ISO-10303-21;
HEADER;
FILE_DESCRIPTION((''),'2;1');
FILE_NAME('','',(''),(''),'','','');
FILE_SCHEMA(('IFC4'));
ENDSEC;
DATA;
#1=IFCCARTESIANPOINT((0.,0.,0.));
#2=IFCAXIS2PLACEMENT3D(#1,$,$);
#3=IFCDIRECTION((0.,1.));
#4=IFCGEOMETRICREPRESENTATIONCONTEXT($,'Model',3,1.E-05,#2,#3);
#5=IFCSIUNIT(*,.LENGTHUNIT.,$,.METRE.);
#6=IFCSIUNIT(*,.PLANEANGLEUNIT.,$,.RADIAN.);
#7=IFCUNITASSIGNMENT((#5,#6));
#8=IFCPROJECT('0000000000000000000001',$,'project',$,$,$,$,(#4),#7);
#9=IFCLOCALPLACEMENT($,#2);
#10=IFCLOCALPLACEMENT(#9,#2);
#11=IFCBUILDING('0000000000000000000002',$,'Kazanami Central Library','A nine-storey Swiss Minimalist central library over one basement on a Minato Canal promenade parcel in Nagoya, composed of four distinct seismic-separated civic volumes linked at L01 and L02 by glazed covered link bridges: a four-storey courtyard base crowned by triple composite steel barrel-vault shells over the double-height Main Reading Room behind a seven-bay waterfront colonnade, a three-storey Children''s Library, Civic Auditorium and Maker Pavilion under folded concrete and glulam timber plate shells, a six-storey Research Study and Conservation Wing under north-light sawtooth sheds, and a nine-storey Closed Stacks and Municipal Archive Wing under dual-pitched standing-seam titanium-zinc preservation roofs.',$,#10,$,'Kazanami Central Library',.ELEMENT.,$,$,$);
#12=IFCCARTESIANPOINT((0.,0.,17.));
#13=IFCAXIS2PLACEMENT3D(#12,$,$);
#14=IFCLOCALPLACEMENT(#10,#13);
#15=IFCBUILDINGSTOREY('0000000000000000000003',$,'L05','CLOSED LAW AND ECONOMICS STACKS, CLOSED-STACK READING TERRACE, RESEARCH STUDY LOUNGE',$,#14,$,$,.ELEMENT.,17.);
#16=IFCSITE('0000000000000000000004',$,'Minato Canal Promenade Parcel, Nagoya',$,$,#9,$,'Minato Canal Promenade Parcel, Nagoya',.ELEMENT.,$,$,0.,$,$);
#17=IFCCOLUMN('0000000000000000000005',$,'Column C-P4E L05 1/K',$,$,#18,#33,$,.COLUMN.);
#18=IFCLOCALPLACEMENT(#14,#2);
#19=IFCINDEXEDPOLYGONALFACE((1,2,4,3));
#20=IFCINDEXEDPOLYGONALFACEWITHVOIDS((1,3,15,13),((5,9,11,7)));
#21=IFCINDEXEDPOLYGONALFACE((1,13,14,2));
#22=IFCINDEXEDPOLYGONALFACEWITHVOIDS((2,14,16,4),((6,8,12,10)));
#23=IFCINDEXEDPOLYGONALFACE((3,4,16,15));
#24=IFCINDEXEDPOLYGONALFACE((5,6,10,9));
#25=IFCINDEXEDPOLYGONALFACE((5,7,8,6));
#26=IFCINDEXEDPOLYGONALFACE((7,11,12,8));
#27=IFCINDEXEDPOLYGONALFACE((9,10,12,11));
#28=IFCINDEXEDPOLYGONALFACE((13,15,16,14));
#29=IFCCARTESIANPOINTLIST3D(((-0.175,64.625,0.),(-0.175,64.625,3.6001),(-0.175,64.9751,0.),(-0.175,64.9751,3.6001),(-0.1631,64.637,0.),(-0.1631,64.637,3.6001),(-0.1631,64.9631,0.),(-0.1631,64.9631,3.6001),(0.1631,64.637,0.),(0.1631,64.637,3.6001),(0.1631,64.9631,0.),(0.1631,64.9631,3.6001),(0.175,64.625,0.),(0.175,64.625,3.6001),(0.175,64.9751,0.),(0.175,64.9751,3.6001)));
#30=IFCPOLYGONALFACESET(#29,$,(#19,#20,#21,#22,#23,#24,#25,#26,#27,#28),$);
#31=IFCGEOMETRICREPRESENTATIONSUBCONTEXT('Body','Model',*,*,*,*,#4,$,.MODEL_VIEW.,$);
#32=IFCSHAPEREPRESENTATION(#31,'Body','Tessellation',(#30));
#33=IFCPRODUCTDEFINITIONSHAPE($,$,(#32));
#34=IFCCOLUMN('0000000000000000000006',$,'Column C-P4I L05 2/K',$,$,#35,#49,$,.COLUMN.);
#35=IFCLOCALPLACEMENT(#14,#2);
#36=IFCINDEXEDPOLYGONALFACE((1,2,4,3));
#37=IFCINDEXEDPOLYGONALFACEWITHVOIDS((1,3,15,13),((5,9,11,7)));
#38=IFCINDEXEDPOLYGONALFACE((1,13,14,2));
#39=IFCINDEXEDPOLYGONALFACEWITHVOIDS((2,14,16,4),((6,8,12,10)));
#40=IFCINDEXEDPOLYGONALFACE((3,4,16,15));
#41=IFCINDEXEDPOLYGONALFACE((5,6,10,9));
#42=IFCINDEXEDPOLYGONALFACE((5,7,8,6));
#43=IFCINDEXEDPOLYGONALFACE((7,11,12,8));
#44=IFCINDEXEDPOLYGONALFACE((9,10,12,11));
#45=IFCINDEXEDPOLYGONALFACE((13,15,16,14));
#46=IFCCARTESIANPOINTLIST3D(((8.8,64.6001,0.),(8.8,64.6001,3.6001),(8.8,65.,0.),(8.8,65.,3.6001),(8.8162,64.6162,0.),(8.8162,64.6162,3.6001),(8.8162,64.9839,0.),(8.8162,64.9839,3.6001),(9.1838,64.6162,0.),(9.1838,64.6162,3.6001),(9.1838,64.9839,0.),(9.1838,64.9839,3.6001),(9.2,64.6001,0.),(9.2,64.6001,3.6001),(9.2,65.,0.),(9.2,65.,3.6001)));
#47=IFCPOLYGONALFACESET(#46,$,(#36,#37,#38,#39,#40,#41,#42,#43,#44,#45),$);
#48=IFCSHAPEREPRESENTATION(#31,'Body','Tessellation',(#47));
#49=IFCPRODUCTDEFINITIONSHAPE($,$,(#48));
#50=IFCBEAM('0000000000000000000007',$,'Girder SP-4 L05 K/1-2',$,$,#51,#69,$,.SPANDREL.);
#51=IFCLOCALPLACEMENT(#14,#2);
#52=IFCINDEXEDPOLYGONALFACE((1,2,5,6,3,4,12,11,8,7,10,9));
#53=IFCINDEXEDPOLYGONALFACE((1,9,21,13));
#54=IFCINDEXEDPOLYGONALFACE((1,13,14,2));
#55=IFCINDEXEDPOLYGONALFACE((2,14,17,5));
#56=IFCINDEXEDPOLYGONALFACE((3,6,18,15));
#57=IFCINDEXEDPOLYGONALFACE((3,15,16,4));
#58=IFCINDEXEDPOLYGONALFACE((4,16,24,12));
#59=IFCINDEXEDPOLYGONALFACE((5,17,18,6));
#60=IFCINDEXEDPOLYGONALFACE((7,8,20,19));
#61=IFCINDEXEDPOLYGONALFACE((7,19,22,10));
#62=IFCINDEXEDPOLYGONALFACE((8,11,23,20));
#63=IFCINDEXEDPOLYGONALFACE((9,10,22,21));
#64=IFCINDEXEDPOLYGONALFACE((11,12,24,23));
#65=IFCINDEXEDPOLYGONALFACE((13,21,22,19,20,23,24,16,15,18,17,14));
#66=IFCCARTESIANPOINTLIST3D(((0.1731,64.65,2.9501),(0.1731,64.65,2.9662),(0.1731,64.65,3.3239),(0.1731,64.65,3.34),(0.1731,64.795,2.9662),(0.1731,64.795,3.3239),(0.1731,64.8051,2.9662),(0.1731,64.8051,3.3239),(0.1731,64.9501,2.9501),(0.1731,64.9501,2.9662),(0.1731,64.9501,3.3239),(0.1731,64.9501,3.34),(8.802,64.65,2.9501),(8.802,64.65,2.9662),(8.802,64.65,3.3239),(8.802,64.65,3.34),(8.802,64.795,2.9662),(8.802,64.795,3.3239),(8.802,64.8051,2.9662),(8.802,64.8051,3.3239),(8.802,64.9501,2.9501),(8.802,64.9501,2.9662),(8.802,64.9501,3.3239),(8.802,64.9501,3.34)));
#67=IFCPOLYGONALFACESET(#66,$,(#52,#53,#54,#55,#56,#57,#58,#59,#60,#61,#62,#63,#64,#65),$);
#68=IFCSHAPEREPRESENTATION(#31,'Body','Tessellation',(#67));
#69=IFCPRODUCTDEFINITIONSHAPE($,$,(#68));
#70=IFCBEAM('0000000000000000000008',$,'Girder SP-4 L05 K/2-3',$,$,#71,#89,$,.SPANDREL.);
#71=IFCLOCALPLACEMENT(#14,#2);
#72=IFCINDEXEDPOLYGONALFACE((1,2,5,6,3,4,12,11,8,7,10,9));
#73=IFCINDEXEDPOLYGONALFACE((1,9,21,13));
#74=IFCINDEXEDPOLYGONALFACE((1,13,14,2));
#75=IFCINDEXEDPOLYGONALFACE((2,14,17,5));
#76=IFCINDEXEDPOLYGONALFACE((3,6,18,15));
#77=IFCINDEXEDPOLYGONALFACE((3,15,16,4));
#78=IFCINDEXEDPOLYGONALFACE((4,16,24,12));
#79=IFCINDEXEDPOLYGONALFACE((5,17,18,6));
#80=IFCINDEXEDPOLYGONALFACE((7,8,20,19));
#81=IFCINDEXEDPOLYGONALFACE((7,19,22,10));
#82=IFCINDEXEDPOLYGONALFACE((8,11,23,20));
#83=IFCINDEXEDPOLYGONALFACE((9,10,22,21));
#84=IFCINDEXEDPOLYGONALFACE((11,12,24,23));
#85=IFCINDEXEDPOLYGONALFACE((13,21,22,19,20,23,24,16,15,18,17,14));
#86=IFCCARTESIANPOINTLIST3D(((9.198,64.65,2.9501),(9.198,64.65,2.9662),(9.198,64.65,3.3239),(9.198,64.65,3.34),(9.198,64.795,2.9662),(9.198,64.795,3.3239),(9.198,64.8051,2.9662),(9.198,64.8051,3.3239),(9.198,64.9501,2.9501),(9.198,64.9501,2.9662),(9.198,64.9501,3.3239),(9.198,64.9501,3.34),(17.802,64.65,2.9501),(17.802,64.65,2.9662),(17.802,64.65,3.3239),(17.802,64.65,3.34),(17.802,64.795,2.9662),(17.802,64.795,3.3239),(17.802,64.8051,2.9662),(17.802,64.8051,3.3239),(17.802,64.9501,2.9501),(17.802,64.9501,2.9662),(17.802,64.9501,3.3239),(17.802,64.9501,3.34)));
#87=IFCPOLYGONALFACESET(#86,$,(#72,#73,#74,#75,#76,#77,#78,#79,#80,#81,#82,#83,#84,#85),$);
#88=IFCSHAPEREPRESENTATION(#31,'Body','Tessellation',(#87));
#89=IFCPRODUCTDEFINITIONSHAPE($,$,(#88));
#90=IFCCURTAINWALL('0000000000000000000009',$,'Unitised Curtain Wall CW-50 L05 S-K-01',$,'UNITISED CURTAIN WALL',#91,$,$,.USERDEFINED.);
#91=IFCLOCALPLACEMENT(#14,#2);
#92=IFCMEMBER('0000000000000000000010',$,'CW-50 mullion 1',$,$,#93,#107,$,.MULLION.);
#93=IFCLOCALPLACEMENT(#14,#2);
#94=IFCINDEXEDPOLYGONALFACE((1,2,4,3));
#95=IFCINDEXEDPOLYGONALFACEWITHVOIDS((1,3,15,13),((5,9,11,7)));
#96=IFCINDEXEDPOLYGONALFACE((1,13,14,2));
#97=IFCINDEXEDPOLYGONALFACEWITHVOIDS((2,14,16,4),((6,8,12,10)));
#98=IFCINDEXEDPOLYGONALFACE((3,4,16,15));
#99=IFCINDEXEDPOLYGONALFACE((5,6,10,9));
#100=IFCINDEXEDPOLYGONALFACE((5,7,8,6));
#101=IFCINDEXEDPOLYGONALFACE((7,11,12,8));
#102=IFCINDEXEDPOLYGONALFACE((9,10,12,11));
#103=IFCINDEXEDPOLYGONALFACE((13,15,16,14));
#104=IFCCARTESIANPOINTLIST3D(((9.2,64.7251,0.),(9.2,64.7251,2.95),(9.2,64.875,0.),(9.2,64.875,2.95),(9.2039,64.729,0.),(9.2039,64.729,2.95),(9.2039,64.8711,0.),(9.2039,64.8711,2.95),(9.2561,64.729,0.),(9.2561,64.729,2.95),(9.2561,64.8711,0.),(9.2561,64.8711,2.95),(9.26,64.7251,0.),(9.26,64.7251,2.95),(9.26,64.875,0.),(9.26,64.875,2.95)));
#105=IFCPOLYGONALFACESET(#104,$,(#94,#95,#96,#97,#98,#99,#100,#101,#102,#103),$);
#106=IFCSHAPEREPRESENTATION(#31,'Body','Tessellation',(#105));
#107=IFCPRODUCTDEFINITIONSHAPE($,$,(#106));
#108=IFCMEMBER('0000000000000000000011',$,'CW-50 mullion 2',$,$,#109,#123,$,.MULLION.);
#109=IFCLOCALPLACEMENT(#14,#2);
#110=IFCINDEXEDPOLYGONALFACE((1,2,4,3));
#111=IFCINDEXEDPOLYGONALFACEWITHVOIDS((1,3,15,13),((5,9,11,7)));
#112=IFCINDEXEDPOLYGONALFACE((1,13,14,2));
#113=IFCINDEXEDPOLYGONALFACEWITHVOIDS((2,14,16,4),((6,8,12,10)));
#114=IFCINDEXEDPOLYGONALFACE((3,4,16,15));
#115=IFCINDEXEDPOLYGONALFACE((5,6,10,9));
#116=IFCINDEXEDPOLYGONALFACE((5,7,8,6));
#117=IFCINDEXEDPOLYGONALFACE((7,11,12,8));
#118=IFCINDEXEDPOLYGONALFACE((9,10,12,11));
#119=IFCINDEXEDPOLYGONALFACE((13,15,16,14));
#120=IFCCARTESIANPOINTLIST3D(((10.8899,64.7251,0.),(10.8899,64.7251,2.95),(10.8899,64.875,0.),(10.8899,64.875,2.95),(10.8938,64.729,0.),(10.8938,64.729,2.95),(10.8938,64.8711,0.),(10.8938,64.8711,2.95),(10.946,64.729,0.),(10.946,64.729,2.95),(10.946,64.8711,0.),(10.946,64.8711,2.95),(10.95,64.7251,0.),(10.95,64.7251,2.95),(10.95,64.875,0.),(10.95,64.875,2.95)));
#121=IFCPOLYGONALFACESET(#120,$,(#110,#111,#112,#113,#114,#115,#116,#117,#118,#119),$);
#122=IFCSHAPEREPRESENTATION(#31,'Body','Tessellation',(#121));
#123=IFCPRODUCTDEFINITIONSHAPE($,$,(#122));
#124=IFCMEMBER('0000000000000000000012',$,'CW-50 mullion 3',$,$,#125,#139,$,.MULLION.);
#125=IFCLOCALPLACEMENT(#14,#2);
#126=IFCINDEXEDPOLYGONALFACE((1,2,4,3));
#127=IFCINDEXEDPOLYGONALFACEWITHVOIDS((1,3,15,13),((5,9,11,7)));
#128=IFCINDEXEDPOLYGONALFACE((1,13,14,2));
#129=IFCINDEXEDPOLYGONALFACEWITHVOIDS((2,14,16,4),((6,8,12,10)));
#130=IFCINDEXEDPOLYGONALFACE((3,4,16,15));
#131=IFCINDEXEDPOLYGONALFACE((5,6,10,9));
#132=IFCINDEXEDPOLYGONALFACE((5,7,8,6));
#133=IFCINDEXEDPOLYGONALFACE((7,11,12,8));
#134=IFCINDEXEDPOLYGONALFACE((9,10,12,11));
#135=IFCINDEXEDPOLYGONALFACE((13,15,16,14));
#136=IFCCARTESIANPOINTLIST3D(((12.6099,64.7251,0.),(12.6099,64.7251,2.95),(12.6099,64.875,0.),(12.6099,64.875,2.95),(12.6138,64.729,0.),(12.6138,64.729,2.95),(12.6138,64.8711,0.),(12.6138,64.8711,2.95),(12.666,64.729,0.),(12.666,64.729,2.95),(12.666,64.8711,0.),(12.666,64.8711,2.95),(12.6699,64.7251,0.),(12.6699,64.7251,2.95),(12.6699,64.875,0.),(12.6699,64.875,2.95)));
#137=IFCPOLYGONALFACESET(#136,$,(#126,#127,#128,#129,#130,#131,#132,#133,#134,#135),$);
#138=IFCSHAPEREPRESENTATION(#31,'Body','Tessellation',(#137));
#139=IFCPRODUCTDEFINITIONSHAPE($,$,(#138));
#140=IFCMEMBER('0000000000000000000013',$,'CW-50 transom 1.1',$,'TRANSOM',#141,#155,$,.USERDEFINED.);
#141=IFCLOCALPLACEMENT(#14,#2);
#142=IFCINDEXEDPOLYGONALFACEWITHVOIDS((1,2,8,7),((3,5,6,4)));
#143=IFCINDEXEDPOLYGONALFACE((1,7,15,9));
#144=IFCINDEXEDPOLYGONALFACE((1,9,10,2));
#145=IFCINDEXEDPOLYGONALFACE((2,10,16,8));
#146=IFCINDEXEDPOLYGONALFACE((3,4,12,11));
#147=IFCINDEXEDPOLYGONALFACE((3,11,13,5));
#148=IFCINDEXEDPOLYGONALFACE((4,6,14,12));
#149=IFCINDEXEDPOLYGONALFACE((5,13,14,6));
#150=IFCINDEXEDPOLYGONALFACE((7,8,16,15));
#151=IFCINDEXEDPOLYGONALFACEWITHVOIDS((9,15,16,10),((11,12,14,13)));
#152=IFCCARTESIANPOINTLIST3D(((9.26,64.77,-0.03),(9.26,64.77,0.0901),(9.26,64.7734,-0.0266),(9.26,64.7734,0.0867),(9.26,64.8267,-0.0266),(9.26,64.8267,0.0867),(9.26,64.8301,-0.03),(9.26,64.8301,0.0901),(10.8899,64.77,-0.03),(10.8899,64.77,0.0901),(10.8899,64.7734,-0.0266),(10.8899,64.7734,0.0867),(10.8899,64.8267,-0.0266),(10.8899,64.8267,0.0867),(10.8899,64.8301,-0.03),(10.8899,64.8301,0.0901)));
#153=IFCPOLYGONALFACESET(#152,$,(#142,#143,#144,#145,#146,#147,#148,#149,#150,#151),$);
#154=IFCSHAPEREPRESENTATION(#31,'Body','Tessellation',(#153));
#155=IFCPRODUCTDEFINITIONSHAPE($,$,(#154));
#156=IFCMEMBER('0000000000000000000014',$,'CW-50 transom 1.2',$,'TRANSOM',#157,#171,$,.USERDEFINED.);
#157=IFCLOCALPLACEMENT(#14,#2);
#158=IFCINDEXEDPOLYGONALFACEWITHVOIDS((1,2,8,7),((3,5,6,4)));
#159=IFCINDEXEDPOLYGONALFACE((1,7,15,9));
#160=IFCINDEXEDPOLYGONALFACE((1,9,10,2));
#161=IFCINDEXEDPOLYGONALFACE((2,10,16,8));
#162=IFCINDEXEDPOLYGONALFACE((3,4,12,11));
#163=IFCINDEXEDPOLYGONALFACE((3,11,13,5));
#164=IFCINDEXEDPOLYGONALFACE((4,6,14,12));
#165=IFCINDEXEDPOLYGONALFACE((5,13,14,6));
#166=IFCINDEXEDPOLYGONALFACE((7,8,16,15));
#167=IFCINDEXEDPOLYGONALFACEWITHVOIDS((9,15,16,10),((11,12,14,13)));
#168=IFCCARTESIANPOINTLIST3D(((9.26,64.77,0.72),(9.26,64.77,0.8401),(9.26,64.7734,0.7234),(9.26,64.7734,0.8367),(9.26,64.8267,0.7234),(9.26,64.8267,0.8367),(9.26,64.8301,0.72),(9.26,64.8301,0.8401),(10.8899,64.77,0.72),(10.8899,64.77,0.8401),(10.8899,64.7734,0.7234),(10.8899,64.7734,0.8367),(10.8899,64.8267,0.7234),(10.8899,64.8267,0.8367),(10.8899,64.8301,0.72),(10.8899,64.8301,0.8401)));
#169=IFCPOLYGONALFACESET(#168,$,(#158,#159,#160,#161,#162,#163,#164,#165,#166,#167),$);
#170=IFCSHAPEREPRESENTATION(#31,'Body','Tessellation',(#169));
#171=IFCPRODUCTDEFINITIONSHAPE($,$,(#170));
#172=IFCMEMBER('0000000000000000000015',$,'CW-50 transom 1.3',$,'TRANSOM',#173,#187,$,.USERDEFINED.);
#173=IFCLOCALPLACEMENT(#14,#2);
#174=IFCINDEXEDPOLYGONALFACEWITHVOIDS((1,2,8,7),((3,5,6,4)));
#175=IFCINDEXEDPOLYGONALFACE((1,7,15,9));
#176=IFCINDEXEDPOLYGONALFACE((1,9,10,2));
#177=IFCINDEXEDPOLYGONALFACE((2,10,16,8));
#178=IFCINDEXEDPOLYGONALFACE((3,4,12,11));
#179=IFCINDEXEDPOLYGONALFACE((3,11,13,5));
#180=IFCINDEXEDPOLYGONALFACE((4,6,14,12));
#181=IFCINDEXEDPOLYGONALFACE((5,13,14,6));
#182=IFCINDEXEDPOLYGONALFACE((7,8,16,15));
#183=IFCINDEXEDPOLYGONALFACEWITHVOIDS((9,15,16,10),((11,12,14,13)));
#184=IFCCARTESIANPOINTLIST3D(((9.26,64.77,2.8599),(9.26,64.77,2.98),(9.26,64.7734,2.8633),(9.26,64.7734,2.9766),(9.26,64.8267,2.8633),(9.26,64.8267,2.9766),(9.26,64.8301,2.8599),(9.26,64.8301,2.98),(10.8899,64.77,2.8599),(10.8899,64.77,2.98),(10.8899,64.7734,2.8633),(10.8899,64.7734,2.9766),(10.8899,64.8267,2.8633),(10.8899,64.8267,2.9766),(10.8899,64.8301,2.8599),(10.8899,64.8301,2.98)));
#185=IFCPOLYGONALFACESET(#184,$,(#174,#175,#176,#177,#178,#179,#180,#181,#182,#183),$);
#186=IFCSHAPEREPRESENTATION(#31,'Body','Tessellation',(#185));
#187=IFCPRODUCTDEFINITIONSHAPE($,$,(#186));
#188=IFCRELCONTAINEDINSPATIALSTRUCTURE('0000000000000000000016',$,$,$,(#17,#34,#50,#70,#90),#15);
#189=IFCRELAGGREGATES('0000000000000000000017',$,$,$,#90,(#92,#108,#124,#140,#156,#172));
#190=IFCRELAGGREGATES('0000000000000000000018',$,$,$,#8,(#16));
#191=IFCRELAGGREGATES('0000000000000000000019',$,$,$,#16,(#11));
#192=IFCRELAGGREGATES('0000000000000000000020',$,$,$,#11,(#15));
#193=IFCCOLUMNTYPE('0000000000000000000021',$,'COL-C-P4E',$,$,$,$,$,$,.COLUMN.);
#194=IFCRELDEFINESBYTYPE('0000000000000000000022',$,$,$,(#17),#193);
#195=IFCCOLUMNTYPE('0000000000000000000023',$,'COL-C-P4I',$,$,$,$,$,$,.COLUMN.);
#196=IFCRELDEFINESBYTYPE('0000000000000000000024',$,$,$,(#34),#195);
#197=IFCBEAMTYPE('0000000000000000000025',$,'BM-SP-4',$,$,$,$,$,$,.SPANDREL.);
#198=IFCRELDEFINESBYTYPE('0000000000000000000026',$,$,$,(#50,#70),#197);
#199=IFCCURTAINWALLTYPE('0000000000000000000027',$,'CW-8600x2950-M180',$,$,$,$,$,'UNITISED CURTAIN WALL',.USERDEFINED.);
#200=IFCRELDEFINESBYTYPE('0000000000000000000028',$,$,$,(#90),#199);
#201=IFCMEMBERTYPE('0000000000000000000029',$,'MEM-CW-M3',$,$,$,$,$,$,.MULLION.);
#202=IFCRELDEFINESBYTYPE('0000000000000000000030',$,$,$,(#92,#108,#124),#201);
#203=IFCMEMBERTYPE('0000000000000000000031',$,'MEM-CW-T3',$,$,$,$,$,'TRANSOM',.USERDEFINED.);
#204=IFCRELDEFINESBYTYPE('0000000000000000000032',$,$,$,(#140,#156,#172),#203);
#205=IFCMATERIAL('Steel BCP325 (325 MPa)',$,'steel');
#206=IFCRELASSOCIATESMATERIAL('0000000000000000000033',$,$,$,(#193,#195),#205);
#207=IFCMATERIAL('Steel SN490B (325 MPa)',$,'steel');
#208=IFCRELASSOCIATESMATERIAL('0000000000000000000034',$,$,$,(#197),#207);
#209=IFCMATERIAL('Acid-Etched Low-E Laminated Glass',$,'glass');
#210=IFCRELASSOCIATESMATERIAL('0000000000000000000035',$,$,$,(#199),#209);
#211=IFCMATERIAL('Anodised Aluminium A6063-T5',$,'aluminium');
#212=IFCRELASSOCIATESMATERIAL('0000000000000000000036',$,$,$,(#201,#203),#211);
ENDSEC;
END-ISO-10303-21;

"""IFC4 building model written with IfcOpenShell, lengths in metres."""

from ifc_helpers import new_model, si_unit, direction, frame, origin, origin_2d, place, context, subcontext, project, spatial, hollow_rectangle, i_section, extrude, material, material_profile, profile_set, type_object, element, aggregate, save


model = new_model("IFC4")

# Units and contexts
model_context = context("Model", 3, precision=1e-05, world=origin(), true_north=direction((0.0, 1.0)))
body_context = subcontext(model_context, "Body", "Model", "MODEL_VIEW")
ifc_project = project(units=[si_unit("LENGTHUNIT", "METRE"), si_unit("PLANEANGLEUNIT", "RADIAN")], contexts=[model_context])

# Site, building, storey
site_placement = place(None, origin())
site = spatial("IfcSite", under=ifc_project, at=site_placement, Name="Minato Canal Promenade Parcel, Nagoya", LongName="Minato Canal Promenade Parcel, Nagoya", CompositionType="ELEMENT", RefElevation=0.0)
building_placement = place(site_placement, origin())
building = spatial("IfcBuilding", under=site, at=building_placement, Name="Kazanami Central Library", Description="A nine-storey Swiss Minimalist central library over one basement on a Minato Canal promenade parcel in Nagoya, composed of four distinct seismic-separated civic volumes linked at L01 and L02 by glazed covered link bridges: a four-storey courtyard base crowned by triple composite steel barrel-vault shells over the double-height Main Reading Room behind a seven-bay waterfront colonnade, a three-storey Children's Library, Civic Auditorium and Maker Pavilion under folded concrete and glulam timber plate shells, a six-storey Research Study and Conservation Wing under north-light sawtooth sheds, and a nine-storey Closed Stacks and Municipal Archive Wing under dual-pitched standing-seam titanium-zinc preservation roofs.", LongName="Kazanami Central Library", CompositionType="ELEMENT")
storey_placement = place(building_placement, frame((0.0, 0.0, 17.0)))
storey = spatial("IfcBuildingStorey", under=building, at=storey_placement, Name="L05", Description="CLOSED LAW AND ECONOMICS STACKS, CLOSED-STACK READING TERRACE, RESEARCH STUDY LOUNGE", CompositionType="ELEMENT", Elevation=17.0)

# Columns
ifc_material_1 = material(Name="Steel BCP325 (325 MPa)", Category="steel")
ifc_material_profile_1 = material_profile(ifc_material_1, hollow_rectangle(XDim=0.3501, YDim=0.3501, WallThickness=0.012, at=origin_2d()), Name="STKR-350x350x12")
ifc_profile_set_1 = profile_set([ifc_material_profile_1], Name="Steel BCP325 (325 MPa)")
column_type_1 = type_object("IfcColumnType", Name="COL-C-P4E", PredefinedType="COLUMN", material=ifc_profile_set_1)
column_1_placement = place(storey_placement, frame((0.0, 64.8, 0.0), z_axis=(0.0, 0.0, 1.0), x_axis=(1.0, 0.0, 0.0)))
element("IfcColumn", 1, at=column_1_placement, inside=storey, type_object=column_type_1, Name="Column C-P4E L05 1/K", PredefinedType="COLUMN", context=body_context, shape_type="SweptSolid", body=[
    extrude(hollow_rectangle(XDim=0.3501, YDim=0.3501, WallThickness=0.012, at=origin_2d()), origin(), (0.0, 0.0, 1.0), 3.6001),
])
ifc_material_profile_2 = material_profile(ifc_material_1, hollow_rectangle(XDim=0.3999, YDim=0.3999, WallThickness=0.0161, at=origin_2d()), Name="BCP-400x400x16")
ifc_profile_set_2 = profile_set([ifc_material_profile_2], Name="Steel BCP325 (325 MPa)")
column_type_2 = type_object("IfcColumnType", Name="COL-C-P4I", PredefinedType="COLUMN", material=ifc_profile_set_2)
column_2_placement = place(storey_placement, frame((9.0, 64.8, 0.0), z_axis=(0.0, 0.0, 1.0), x_axis=(1.0, 0.0, 0.0)))
element("IfcColumn", 2, at=column_2_placement, inside=storey, type_object=column_type_2, Name="Column C-P4I L05 2/K", PredefinedType="COLUMN", context=body_context, shape_type="SweptSolid", body=[
    extrude(hollow_rectangle(XDim=0.3999, YDim=0.3999, WallThickness=0.0161, at=origin_2d()), origin(), (0.0, 0.0, 1.0), 3.6001),
])

# Beams
ifc_material_2 = material(Name="Steel SN490B (325 MPa)", Category="steel")
ifc_material_profile_3 = material_profile(ifc_material_2, i_section(OverallWidth=0.3, OverallDepth=0.3899, WebThickness=0.01, FlangeThickness=0.0161, at=origin_2d()), Name="H-390x300x10x16")
ifc_profile_set_3 = profile_set([ifc_material_profile_3], Name="Steel SN490B (325 MPa)")
beam_type = type_object("IfcBeamType", Name="BM-SP-4", PredefinedType="SPANDREL", material=ifc_profile_set_3)
beam_1_placement = place(storey_placement, frame((0.1731, 64.8, 3.145), z_axis=(1.0, 0.0, 0.0), x_axis=(0.0, 1.0, 0.0)))
element("IfcBeam", 3, at=beam_1_placement, inside=storey, type_object=beam_type, Name="Girder SP-4 L05 K/1-2", PredefinedType="SPANDREL", context=body_context, shape_type="SweptSolid", body=[
    extrude(i_section(OverallWidth=0.3, OverallDepth=0.3899, WebThickness=0.01, FlangeThickness=0.0161, at=origin_2d()), origin(), (0.0, 0.0, 1.0), 8.6289),
])
beam_2_placement = place(storey_placement, frame((9.198, 64.8, 3.145), z_axis=(1.0, 0.0, 0.0), x_axis=(0.0, 1.0, 0.0)))
element("IfcBeam", 4, at=beam_2_placement, inside=storey, type_object=beam_type, Name="Girder SP-4 L05 K/2-3", PredefinedType="SPANDREL", context=body_context, shape_type="SweptSolid", body=[
    extrude(i_section(OverallWidth=0.3, OverallDepth=0.3899, WebThickness=0.01, FlangeThickness=0.0161, at=origin_2d()), origin(), (0.0, 0.0, 1.0), 8.604),
])

# Curtain wall, members
ifc_material_3 = material(Name="Acid-Etched Low-E Laminated Glass", Category="glass")
curtain_wall_type = type_object("IfcCurtainWallType", Name="CW-8600x2950-M180", ElementType="UNITISED CURTAIN WALL", PredefinedType="USERDEFINED", material=ifc_material_3)
curtain_wall_placement = place(storey_placement, origin())
curtain_wall = element("IfcCurtainWall", 5, at=curtain_wall_placement, inside=storey, type_object=curtain_wall_type, Name="Unitised Curtain Wall CW-50 L05 S-K-01", ObjectType="UNITISED CURTAIN WALL", PredefinedType="USERDEFINED")
ifc_material_4 = material(Name="Anodised Aluminium A6063-T5", Category="aluminium")
ifc_material_profile_4 = material_profile(ifc_material_4, hollow_rectangle(XDim=0.0601, YDim=0.1499, WallThickness=0.0039, at=origin_2d()), Name="ALU-MULL-60x150x4")
ifc_profile_set_4 = profile_set([ifc_material_profile_4], Name="Anodised Aluminium A6063-T5")
member_type_1 = type_object("IfcMemberType", Name="MEM-CW-M3", PredefinedType="MULLION", material=ifc_profile_set_4)
member_1_placement = place(storey_placement, frame((9.23, 64.8, 0.0), z_axis=(0.0, 0.0, 1.0), x_axis=(1.0, 0.0, 0.0)))
member_1 = element("IfcMember", 6, at=member_1_placement, type_object=member_type_1, Name="CW-50 mullion 1", PredefinedType="MULLION", context=body_context, shape_type="SweptSolid", body=[
    extrude(hollow_rectangle(XDim=0.0601, YDim=0.1499, WallThickness=0.0039, at=origin_2d()), origin(), (0.0, 0.0, 1.0), 2.95),
])
member_2_placement = place(storey_placement, frame((10.9199, 64.8, 0.0), z_axis=(0.0, 0.0, 1.0), x_axis=(1.0, 0.0, 0.0)))
member_2 = element("IfcMember", 7, at=member_2_placement, type_object=member_type_1, Name="CW-50 mullion 2", PredefinedType="MULLION", context=body_context, shape_type="SweptSolid", body=[
    extrude(hollow_rectangle(XDim=0.0601, YDim=0.1499, WallThickness=0.0039, at=origin_2d()), origin(), (0.0, 0.0, 1.0), 2.95),
])
member_3_placement = place(storey_placement, frame((12.6399, 64.8, 0.0), z_axis=(0.0, 0.0, 1.0), x_axis=(1.0, 0.0, 0.0)))
member_3 = element("IfcMember", 8, at=member_3_placement, type_object=member_type_1, Name="CW-50 mullion 3", PredefinedType="MULLION", context=body_context, shape_type="SweptSolid", body=[
    extrude(hollow_rectangle(XDim=0.0601, YDim=0.1499, WallThickness=0.0039, at=origin_2d()), origin(), (0.0, 0.0, 1.0), 2.95),
])
ifc_material_profile_5 = material_profile(ifc_material_4, hollow_rectangle(XDim=0.0601, YDim=0.1201, WallThickness=0.0034, at=origin_2d()), Name="ALU-TRAN-60x120x3.5")
ifc_profile_set_5 = profile_set([ifc_material_profile_5], Name="Anodised Aluminium A6063-T5")
member_type_2 = type_object("IfcMemberType", Name="MEM-CW-T3", ElementType="TRANSOM", PredefinedType="USERDEFINED", material=ifc_profile_set_5)
member_4_placement = place(storey_placement, frame((9.26, 64.8, 0.03), z_axis=(1.0, 0.0, 0.0), x_axis=(0.0, 1.0, 0.0)))
member_4 = element("IfcMember", 9, at=member_4_placement, type_object=member_type_2, Name="CW-50 transom 1.1", ObjectType="TRANSOM", PredefinedType="USERDEFINED", context=body_context, shape_type="SweptSolid", body=[
    extrude(hollow_rectangle(XDim=0.0601, YDim=0.1201, WallThickness=0.0034, at=origin_2d()), origin(), (0.0, 0.0, 1.0), 1.6299),
])
member_5_placement = place(storey_placement, frame((9.26, 64.8, 0.78), z_axis=(1.0, 0.0, 0.0), x_axis=(0.0, 1.0, 0.0)))
member_5 = element("IfcMember", 10, at=member_5_placement, type_object=member_type_2, Name="CW-50 transom 1.2", ObjectType="TRANSOM", PredefinedType="USERDEFINED", context=body_context, shape_type="SweptSolid", body=[
    extrude(hollow_rectangle(XDim=0.0601, YDim=0.1201, WallThickness=0.0034, at=origin_2d()), origin(), (0.0, 0.0, 1.0), 1.6299),
])
member_6_placement = place(storey_placement, frame((9.26, 64.8, 2.9199), z_axis=(1.0, 0.0, 0.0), x_axis=(0.0, 1.0, 0.0)))
member_6 = element("IfcMember", 11, at=member_6_placement, type_object=member_type_2, Name="CW-50 transom 1.3", ObjectType="TRANSOM", PredefinedType="USERDEFINED", context=body_context, shape_type="SweptSolid", body=[
    extrude(hollow_rectangle(XDim=0.0601, YDim=0.1201, WallThickness=0.0034, at=origin_2d()), origin(), (0.0, 0.0, 1.0), 1.6299),
])
aggregate(curtain_wall, [member_1, member_2, member_3, member_4, member_5, member_6])

save(model, "model.ifc")
